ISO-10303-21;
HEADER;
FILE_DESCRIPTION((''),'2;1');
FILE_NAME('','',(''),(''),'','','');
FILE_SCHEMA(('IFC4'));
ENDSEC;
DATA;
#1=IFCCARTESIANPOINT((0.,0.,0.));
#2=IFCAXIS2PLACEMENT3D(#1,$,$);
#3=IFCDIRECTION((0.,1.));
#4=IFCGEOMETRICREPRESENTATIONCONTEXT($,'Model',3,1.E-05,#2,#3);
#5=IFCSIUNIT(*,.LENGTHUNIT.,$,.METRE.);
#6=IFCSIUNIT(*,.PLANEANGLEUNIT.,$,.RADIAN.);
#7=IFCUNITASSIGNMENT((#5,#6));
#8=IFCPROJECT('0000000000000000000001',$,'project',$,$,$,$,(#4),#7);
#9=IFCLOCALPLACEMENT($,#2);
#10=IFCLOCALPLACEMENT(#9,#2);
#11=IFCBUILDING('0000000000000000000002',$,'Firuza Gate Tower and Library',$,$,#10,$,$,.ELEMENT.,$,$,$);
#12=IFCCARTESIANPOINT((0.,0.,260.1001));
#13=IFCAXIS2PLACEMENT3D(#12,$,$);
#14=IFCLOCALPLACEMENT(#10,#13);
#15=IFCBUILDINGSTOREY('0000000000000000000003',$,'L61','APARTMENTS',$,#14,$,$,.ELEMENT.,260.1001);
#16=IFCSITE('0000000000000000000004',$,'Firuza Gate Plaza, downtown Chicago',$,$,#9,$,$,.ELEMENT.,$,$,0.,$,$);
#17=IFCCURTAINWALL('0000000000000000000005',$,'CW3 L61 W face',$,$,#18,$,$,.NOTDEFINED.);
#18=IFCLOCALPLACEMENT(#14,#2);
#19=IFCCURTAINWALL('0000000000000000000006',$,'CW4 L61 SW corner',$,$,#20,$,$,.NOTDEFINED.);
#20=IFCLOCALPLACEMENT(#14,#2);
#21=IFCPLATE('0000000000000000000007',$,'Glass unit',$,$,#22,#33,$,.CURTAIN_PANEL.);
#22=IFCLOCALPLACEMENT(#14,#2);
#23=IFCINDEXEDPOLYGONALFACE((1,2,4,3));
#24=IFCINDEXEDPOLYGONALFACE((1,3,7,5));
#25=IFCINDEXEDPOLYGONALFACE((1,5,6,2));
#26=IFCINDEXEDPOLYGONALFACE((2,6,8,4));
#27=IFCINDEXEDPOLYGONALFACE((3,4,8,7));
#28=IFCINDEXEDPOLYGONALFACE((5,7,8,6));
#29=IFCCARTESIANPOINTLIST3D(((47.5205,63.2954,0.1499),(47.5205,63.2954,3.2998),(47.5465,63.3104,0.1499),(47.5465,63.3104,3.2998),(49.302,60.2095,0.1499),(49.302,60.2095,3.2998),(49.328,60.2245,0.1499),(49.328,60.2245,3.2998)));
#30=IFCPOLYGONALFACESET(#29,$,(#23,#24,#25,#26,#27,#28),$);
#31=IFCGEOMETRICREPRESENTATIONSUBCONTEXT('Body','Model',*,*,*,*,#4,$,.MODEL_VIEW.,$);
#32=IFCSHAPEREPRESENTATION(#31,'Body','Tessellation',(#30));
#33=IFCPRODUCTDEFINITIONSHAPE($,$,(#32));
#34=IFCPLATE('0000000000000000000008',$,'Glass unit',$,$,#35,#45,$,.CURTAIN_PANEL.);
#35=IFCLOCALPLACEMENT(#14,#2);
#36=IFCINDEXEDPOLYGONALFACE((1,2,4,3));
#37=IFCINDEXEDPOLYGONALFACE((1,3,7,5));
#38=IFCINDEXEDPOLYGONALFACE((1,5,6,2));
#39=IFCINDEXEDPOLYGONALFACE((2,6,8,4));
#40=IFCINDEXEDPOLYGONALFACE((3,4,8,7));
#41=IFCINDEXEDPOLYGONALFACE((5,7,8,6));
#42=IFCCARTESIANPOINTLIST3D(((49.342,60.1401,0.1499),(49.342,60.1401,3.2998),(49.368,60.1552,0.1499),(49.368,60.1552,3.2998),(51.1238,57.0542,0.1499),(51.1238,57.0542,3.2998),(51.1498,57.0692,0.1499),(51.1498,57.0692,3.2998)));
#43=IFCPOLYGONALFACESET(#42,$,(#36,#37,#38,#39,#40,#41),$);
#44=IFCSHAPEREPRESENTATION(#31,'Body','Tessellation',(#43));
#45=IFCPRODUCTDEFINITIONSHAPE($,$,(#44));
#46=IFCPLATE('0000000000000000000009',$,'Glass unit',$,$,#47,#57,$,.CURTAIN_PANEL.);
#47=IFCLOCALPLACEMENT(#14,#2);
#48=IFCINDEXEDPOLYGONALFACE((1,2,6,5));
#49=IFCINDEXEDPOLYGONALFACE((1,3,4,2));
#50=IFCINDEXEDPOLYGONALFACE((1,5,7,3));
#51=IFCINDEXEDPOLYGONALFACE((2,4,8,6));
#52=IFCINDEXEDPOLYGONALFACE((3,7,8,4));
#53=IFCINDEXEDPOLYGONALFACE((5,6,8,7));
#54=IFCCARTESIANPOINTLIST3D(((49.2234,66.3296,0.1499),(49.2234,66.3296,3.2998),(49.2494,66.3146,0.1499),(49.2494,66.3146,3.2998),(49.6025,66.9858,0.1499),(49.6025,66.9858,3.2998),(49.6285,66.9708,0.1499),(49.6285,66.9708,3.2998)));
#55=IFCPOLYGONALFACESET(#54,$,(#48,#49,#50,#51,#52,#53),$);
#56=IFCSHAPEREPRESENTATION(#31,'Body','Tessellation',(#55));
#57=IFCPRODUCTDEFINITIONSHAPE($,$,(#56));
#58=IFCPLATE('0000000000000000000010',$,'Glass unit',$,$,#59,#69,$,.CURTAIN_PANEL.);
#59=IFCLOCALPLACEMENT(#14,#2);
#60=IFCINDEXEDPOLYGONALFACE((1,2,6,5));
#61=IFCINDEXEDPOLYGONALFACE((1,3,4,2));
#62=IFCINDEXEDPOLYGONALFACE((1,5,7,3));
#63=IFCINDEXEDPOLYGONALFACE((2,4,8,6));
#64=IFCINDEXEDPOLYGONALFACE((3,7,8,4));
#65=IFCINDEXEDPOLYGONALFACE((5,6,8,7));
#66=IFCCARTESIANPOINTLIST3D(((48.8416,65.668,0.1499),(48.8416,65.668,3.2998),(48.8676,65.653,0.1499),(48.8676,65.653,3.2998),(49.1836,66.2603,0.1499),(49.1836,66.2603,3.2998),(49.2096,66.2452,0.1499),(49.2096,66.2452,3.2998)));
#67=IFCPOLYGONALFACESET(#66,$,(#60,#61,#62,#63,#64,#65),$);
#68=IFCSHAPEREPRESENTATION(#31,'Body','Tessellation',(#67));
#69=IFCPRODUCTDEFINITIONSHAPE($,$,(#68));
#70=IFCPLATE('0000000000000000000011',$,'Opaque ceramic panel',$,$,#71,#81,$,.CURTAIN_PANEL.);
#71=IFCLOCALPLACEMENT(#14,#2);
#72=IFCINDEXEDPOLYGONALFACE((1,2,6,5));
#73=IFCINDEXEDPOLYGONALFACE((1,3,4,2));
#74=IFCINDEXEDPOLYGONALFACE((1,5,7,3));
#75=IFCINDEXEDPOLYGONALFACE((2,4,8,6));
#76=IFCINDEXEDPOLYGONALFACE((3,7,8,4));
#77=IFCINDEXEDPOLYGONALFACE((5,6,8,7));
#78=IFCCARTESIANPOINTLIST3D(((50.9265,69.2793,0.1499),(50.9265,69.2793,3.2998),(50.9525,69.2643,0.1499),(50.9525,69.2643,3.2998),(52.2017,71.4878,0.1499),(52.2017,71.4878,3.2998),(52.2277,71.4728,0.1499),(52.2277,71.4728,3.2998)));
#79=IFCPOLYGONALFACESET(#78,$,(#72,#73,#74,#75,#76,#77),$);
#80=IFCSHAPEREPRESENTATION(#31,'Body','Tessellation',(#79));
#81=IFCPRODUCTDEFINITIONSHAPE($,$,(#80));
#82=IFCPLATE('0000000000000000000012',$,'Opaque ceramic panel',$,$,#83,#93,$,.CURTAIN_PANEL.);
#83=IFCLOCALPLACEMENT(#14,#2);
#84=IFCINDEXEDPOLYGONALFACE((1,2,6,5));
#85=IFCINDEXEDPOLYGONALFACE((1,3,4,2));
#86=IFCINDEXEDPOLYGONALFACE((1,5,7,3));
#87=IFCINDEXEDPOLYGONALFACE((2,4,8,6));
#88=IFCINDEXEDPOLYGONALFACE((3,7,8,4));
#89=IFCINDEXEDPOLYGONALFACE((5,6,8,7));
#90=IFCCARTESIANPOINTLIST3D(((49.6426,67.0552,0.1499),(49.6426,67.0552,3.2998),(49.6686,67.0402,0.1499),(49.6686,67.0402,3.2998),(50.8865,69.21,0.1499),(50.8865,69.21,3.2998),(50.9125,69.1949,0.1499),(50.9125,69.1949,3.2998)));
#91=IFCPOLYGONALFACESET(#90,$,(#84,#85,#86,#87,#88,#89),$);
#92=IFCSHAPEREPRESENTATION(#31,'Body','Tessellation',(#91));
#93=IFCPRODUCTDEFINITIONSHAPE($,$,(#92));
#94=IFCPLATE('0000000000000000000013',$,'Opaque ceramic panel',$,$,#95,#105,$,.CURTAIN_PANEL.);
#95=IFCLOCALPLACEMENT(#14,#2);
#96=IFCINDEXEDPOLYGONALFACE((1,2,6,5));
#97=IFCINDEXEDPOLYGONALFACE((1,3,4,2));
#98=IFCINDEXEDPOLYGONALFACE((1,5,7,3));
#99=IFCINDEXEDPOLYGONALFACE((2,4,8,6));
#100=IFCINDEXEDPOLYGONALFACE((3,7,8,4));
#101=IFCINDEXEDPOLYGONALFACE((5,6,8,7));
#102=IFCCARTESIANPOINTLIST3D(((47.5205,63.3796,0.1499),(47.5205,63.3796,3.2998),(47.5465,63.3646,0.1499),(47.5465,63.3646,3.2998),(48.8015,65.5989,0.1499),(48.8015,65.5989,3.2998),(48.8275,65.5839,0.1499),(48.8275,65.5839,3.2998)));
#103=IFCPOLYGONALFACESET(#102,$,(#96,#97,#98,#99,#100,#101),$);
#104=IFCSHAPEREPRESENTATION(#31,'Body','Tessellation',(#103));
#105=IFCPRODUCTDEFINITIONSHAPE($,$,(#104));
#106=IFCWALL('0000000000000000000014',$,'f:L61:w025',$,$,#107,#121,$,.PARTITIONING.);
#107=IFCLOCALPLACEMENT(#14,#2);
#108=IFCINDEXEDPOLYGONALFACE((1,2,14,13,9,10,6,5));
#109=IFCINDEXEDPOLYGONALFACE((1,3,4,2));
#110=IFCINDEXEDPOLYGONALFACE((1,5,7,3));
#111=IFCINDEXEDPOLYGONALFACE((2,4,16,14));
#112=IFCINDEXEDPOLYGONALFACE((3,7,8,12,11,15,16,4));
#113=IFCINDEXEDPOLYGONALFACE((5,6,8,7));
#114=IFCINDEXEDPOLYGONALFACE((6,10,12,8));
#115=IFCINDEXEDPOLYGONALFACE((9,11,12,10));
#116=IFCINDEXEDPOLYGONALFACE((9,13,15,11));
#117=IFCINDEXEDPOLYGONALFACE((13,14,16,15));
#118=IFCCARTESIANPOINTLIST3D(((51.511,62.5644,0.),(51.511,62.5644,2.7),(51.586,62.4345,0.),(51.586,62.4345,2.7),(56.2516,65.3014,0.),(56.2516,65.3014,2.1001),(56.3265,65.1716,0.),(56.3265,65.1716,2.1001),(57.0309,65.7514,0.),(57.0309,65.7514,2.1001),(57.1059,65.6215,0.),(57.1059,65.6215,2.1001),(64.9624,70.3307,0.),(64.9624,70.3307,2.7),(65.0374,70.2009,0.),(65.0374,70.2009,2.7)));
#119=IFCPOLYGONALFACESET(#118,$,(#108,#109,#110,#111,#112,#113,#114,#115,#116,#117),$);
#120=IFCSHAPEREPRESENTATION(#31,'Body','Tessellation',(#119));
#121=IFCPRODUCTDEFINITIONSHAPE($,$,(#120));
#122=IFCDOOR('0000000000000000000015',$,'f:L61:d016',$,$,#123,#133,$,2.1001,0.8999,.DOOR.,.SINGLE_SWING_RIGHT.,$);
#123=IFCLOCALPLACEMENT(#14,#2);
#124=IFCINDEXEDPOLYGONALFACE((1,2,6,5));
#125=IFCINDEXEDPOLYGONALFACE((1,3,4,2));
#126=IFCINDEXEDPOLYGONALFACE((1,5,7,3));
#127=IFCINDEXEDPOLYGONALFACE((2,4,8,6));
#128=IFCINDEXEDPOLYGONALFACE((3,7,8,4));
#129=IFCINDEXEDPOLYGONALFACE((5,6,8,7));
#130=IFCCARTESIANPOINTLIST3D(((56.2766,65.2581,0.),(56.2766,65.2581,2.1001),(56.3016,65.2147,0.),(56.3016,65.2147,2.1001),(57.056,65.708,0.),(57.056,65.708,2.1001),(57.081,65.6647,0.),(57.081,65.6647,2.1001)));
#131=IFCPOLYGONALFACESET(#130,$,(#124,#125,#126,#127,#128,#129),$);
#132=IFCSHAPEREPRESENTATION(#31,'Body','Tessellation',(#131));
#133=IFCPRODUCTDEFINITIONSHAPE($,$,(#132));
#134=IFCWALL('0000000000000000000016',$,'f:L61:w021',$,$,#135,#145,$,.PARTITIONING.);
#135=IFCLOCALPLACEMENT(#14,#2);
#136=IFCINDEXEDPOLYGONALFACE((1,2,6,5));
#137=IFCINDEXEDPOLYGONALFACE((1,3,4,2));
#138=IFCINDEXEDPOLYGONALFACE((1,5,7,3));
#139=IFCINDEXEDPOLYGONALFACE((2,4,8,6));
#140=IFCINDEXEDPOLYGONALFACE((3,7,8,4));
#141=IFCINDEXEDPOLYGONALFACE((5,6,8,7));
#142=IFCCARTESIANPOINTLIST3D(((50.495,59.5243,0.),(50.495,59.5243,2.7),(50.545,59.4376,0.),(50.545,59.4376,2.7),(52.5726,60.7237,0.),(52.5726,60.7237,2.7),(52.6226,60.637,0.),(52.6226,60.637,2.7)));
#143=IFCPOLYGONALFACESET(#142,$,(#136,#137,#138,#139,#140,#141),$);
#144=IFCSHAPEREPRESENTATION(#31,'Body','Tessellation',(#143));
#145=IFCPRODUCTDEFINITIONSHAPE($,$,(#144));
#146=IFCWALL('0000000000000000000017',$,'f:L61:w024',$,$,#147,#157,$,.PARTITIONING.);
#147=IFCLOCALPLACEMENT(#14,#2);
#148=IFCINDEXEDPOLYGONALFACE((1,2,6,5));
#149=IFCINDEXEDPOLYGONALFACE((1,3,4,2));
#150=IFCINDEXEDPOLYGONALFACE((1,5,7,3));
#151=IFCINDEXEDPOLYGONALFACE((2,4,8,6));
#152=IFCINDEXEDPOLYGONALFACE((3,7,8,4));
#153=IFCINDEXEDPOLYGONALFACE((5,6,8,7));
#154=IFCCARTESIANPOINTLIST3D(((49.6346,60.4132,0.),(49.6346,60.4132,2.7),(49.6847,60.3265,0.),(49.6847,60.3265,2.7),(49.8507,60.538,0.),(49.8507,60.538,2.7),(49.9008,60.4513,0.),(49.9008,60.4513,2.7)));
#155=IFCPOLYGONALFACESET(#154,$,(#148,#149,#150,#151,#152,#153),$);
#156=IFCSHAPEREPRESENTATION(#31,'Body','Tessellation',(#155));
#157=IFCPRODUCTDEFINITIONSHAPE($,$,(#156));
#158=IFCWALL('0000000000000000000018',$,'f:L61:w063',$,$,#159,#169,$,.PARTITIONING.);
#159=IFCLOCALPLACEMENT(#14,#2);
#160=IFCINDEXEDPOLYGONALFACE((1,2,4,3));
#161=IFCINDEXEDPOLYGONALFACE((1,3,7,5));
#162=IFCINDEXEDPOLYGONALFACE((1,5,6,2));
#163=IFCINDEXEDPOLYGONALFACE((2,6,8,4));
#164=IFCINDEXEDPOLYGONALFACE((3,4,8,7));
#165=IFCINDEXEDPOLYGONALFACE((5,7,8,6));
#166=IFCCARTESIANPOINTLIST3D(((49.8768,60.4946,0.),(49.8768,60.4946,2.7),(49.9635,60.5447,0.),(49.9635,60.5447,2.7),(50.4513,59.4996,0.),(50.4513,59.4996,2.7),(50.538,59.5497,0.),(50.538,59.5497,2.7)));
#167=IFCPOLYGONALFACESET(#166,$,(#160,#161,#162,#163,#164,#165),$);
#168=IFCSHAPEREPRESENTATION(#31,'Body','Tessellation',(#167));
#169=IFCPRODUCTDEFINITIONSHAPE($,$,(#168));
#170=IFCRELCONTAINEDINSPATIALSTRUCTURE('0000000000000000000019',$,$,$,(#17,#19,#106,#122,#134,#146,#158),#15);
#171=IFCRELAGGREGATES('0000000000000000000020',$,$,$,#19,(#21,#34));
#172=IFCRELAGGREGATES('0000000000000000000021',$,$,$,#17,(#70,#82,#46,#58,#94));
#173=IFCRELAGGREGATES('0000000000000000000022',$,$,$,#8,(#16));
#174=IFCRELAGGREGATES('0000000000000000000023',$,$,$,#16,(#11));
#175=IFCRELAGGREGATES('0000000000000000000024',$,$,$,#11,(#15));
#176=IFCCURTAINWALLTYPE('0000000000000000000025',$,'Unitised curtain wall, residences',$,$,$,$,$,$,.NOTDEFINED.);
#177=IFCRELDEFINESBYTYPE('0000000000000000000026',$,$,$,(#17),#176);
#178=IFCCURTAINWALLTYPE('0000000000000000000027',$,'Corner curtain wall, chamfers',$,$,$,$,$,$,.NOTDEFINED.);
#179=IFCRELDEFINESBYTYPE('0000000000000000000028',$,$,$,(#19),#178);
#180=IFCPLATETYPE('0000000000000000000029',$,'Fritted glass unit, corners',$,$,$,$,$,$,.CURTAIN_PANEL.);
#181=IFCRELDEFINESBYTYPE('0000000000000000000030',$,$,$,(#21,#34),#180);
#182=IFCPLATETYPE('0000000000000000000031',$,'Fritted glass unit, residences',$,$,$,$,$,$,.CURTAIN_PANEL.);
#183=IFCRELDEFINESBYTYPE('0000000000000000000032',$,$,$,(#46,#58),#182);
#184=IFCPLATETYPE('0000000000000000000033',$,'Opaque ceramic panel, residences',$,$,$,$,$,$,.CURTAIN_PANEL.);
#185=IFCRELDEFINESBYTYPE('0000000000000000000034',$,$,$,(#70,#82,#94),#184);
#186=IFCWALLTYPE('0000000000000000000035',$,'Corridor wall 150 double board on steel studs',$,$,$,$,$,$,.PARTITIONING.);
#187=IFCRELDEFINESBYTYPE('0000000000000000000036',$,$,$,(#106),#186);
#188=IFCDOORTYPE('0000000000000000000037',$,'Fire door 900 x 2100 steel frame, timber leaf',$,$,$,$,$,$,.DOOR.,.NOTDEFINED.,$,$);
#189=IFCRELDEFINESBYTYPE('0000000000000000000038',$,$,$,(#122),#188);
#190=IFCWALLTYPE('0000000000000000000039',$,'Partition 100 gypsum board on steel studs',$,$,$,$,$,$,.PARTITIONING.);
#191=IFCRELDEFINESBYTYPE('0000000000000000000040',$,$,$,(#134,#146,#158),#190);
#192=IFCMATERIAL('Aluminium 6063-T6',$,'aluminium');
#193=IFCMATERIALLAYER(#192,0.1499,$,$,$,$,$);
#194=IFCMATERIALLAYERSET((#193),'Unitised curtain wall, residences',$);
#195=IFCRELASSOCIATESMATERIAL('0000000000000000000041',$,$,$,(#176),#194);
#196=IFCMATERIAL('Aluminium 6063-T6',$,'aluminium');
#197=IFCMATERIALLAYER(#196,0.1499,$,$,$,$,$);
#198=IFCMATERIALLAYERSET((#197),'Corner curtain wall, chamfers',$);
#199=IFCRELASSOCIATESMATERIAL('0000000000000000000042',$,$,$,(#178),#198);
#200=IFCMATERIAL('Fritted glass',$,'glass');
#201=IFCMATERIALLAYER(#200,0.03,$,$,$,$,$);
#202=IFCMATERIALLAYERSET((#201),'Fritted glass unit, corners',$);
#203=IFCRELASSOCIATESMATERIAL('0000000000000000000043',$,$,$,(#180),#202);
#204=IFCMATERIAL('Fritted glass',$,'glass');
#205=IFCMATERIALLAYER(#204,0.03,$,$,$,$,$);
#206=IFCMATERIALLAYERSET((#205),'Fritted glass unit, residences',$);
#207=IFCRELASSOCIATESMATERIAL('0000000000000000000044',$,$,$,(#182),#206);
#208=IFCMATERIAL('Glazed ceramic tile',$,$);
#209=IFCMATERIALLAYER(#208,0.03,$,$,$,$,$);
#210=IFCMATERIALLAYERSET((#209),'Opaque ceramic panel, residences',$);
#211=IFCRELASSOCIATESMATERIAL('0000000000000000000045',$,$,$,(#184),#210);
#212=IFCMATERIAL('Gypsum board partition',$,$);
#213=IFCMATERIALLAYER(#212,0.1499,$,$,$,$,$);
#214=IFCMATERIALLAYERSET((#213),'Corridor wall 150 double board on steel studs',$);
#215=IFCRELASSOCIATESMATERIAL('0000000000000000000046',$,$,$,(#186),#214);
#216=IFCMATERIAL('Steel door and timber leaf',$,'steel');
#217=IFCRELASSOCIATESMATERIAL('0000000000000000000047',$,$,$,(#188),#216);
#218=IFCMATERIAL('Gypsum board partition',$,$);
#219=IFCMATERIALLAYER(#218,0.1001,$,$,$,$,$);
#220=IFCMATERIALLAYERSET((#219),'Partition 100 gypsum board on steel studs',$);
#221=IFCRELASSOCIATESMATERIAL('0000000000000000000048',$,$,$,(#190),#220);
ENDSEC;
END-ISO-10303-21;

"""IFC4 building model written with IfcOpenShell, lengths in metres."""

from ifc_helpers import new_model, si_unit, direction, frame, frame_2d, origin, place, context, subcontext, project, spatial, polyline, rectangle, outline, extrude, material, layer, layer_set, type_object, element, fill, aggregate, save


model = new_model("IFC4")

# Units and contexts
model_context = context("Model", 3, precision=1e-05, world=origin(), true_north=direction((0.0, 1.0)))
body_context = subcontext(model_context, "Body", "Model", "MODEL_VIEW")
ifc_project = project(units=[si_unit("LENGTHUNIT", "METRE"), si_unit("PLANEANGLEUNIT", "RADIAN")], contexts=[model_context])

# Site, building, storey
site_placement = place(None, origin())
site = spatial("IfcSite", under=ifc_project, at=site_placement, Name="Firuza Gate Plaza, downtown Chicago", CompositionType="ELEMENT", RefElevation=0.0)
building_placement = place(site_placement, origin())
building = spatial("IfcBuilding", under=site, at=building_placement, Name="Firuza Gate Tower and Library", CompositionType="ELEMENT")
storey_placement = place(building_placement, frame((0.0, 0.0, 260.1001)))
storey = spatial("IfcBuildingStorey", under=building, at=storey_placement, Name="L61", Description="APARTMENTS", CompositionType="ELEMENT", Elevation=260.1001)

# Curtain walls
ifc_material_1 = material(Name="Aluminium 6063-T6", Category="aluminium")
ifc_layer_1 = layer(ifc_material_1, 0.1499)
ifc_layer_set_1 = layer_set([ifc_layer_1], Name="Unitised curtain wall, residences")
curtain_wall_type_1 = type_object("IfcCurtainWallType", Name="Unitised curtain wall, residences", PredefinedType="NOTDEFINED", material=ifc_layer_set_1)
placement = place(storey_placement, origin())
curtain_wall_1 = element("IfcCurtainWall", 1, at=placement, inside=storey, type_object=curtain_wall_type_1, Name="CW3 L61 W face", PredefinedType="NOTDEFINED")
ifc_material_2 = material(Name="Aluminium 6063-T6", Category="aluminium")
ifc_layer_2 = layer(ifc_material_2, 0.1499)
ifc_layer_set_2 = layer_set([ifc_layer_2], Name="Corner curtain wall, chamfers")
curtain_wall_type_2 = type_object("IfcCurtainWallType", Name="Corner curtain wall, chamfers", PredefinedType="NOTDEFINED", material=ifc_layer_set_2)
curtain_wall_2 = element("IfcCurtainWall", 2, at=placement, inside=storey, type_object=curtain_wall_type_2, Name="CW4 L61 SW corner", PredefinedType="NOTDEFINED")

# Plates
ifc_material_3 = material(Name="Fritted glass", Category="glass")
ifc_layer_3 = layer(ifc_material_3, 0.03)
ifc_layer_set_3 = layer_set([ifc_layer_3], Name="Fritted glass unit, corners")
plate_type_1 = type_object("IfcPlateType", Name="Fritted glass unit, corners", PredefinedType="CURTAIN_PANEL", material=ifc_layer_set_3)
plate_1_placement = place(storey_placement, frame((47.5205, 63.2954, 0.1499), z_axis=(-0.866046, -0.499964, 0.0), x_axis=(0.499964, -0.866046, 0.0)))
plate_1 = element("IfcPlate", 3, at=plate_1_placement, type_object=plate_type_1, Name="Glass unit", PredefinedType="CURTAIN_PANEL", context=body_context, shape_type="SweptSolid", body=[
    extrude(outline(polyline([(0.0, 0.0), (3.5632, 0.0), (3.5632, 3.1499), (0.0, 3.1499), (0.0, 0.0)])), origin(), (0.0, 0.0, -1.0), 0.03),
])
plate_2_placement = place(storey_placement, frame((49.342, 60.1401, 0.1499), z_axis=(-0.866017, -0.500015, 0.0), x_axis=(0.500015, -0.866017, 0.0)))
plate_2 = element("IfcPlate", 4, at=plate_2_placement, type_object=plate_type_1, Name="Glass unit", PredefinedType="CURTAIN_PANEL", context=body_context, shape_type="SweptSolid", body=[
    extrude(outline(polyline([(0.0, 0.0), (3.5634, 0.0), (3.5634, 3.1499), (0.0, 3.1499), (0.0, 0.0)])), origin(), (0.0, 0.0, -1.0), 0.03),
])
aggregate(curtain_wall_2, [plate_1, plate_2])
ifc_material_4 = material(Name="Fritted glass", Category="glass")
ifc_layer_4 = layer(ifc_material_4, 0.03)
ifc_layer_set_4 = layer_set([ifc_layer_4], Name="Fritted glass unit, residences")
plate_type_2 = type_object("IfcPlateType", Name="Fritted glass unit, residences", PredefinedType="CURTAIN_PANEL", material=ifc_layer_set_4)
plate_3_placement = place(storey_placement, frame((49.6025, 66.9858, 0.1499), z_axis=(-0.865874, 0.500261, 0.0), x_axis=(-0.500261, -0.865874, 0.0)))
plate_3 = element("IfcPlate", 5, at=plate_3_placement, type_object=plate_type_2, Name="Glass unit", PredefinedType="CURTAIN_PANEL", context=body_context, shape_type="SweptSolid", body=[
    extrude(outline(polyline([(0.0, 0.0), (0.7579, 0.0), (0.7579, 3.1499), (0.0, 3.1499), (0.0, 0.0)])), origin(), (0.0, 0.0, -1.0), 0.03),
])
plate_4_placement = place(storey_placement, frame((49.1836, 66.2603, 0.1499), z_axis=(-0.865972, 0.500093, 0.0), x_axis=(-0.500093, -0.865972, 0.0)))
plate_4 = element("IfcPlate", 6, at=plate_4_placement, type_object=plate_type_2, Name="Glass unit", PredefinedType="CURTAIN_PANEL", context=body_context, shape_type="SweptSolid", body=[
    extrude(outline(polyline([(0.0, 0.0), (0.684, 0.0), (0.684, 3.1499), (0.0, 3.1499), (0.0, 0.0)])), origin(), (0.0, 0.0, -1.0), 0.03),
])
ifc_material_5 = material(Name="Glazed ceramic tile")
ifc_layer_5 = layer(ifc_material_5, 0.03)
ifc_layer_set_5 = layer_set([ifc_layer_5], Name="Opaque ceramic panel, residences")
plate_type_3 = type_object("IfcPlateType", Name="Opaque ceramic panel, residences", PredefinedType="CURTAIN_PANEL", material=ifc_layer_set_5)
plate_5_placement = place(storey_placement, frame((52.2017, 71.4878, 0.1499), z_axis=(-0.866013, 0.500021, 0.0), x_axis=(-0.500021, -0.866013, 0.0)))
plate_5 = element("IfcPlate", 7, at=plate_5_placement, type_object=plate_type_3, Name="Opaque ceramic panel", PredefinedType="CURTAIN_PANEL", context=body_context, shape_type="SweptSolid", body=[
    extrude(outline(polyline([(0.0, 0.0), (2.5502, 0.0), (2.5502, 3.1499), (0.0, 3.1499), (0.0, 0.0)])), origin(), (0.0, 0.0, -1.0), 0.03),
])
plate_6_placement = place(storey_placement, frame((50.8865, 69.21, 0.1499), z_axis=(-0.866055, 0.499949, 0.0), x_axis=(-0.499949, -0.866055, 0.0)))
plate_6 = element("IfcPlate", 8, at=plate_6_placement, type_object=plate_type_3, Name="Opaque ceramic panel", PredefinedType="CURTAIN_PANEL", context=body_context, shape_type="SweptSolid", body=[
    extrude(outline(polyline([(0.0, 0.0), (2.488, 0.0), (2.488, 3.1499), (0.0, 3.1499), (0.0, 0.0)])), origin(), (0.0, 0.0, -1.0), 0.03),
])
plate_7_placement = place(storey_placement, frame((48.8015, 65.5989, 0.1499), z_axis=(-0.866071, 0.49992, 0.0), x_axis=(-0.49992, -0.866071, 0.0)))
plate_7 = element("IfcPlate", 9, at=plate_7_placement, type_object=plate_type_3, Name="Opaque ceramic panel", PredefinedType="CURTAIN_PANEL", context=body_context, shape_type="SweptSolid", body=[
    extrude(outline(polyline([(0.0, 0.0), (2.5624, 0.0), (2.5624, 3.1499), (0.0, 3.1499), (0.0, 0.0)])), origin(), (0.0, 0.0, -1.0), 0.03),
])
aggregate(curtain_wall_1, [plate_5, plate_6, plate_3, plate_4, plate_7])

# Wall, opening, door
ifc_material_6 = material(Name="Gypsum board partition")
ifc_layer_6 = layer(ifc_material_6, 0.1499)
ifc_layer_set_6 = layer_set([ifc_layer_6], Name="Corridor wall 150 double board on steel studs")
wall_type_1 = type_object("IfcWallType", Name="Corridor wall 150 double board on steel studs", PredefinedType="PARTITIONING", material=ifc_layer_set_6)
wall_1_placement = place(storey_placement, frame((51.5486, 62.4995, 0.0), z_axis=(0.0, 0.0, 1.0), x_axis=(0.86602, 0.500009, 0.0)))
wall_1 = element("IfcWall", 10, at=wall_1_placement, inside=storey, type_object=wall_type_1, Name="f:L61:w025", PredefinedType="PARTITIONING", context=body_context, shape_type="SweptSolid", body=[
    extrude(rectangle(XDim=15.5325, YDim=0.1499, at=frame_2d((7.7661, 0.0))), origin(), (0.0, 0.0, 1.0), 2.7),
])
opening_placement = place(wall_1_placement, frame((5.4739, 0.0, 0.0)))
opening = element("IfcOpeningElement", 11, at=opening_placement, cuts=wall_1, PredefinedType="OPENING", context=body_context, shape_type="SweptSolid", body=[
    extrude(rectangle(XDim=0.8999, YDim=2.1001, at=frame_2d((0.45, 1.05))), frame((0.0, 0.085, 0.0), z_axis=(0.0, -1.0, 0.0), x_axis=(1.0, 0.0, 0.0)), (0.0, 0.0, 1.0), 0.1699),
])
ifc_material_7 = material(Name="Steel door and timber leaf", Category="steel")
door_type = type_object("IfcDoorType", Name="Fire door 900 x 2100 steel frame, timber leaf", OperationType="NOTDEFINED", PredefinedType="DOOR", material=ifc_material_7)
door_placement = place(opening_placement, origin())
door = element("IfcDoor", 12, at=door_placement, inside=storey, type_object=door_type, Name="f:L61:d016", OperationType="SINGLE_SWING_RIGHT", OverallHeight=2.1001, OverallWidth=0.8999, PredefinedType="DOOR", context=body_context, shape_type="SweptSolid", body=[
    extrude(rectangle(XDim=0.8999, YDim=2.1001, at=frame_2d((0.45, 1.05))), frame((0.0, 0.0249, 0.0), z_axis=(0.0, -1.0, 0.0), x_axis=(1.0, 0.0, 0.0)), (0.0, 0.0, 1.0), 0.05),
])
fill(opening, door)

# Walls
ifc_material_8 = material(Name="Gypsum board partition")
ifc_layer_7 = layer(ifc_material_8, 0.1001)
ifc_layer_set_7 = layer_set([ifc_layer_7], Name="Partition 100 gypsum board on steel studs")
wall_type_2 = type_object("IfcWallType", Name="Partition 100 gypsum board on steel studs", PredefinedType="PARTITIONING", material=ifc_layer_set_7)
wall_2_placement = place(storey_placement, frame((50.52, 59.481, 0.0), z_axis=(0.0, 0.0, 1.0), x_axis=(0.866036, 0.499981, 0.0)))
element("IfcWall", 13, at=wall_2_placement, inside=storey, type_object=wall_type_2, Name="f:L61:w021", PredefinedType="PARTITIONING", context=body_context, shape_type="SweptSolid", body=[
    extrude(rectangle(XDim=2.3989, YDim=0.1001, at=frame_2d((1.1995, 0.0))), origin(), (0.0, 0.0, 1.0), 2.7),
])
wall_3_placement = place(storey_placement, frame((49.6597, 60.3699, 0.0), z_axis=(0.0, 0.0, 1.0), x_axis=(0.866006, 0.500033, 0.0)))
element("IfcWall", 14, at=wall_3_placement, inside=storey, type_object=wall_type_2, Name="f:L61:w024", PredefinedType="PARTITIONING", context=body_context, shape_type="SweptSolid", body=[
    extrude(rectangle(XDim=0.2495, YDim=0.1001, at=frame_2d((0.1248, 0.0))), origin(), (0.0, 0.0, 1.0), 2.7),
])
wall_4_placement = place(storey_placement, frame((50.4946, 59.5247, 0.0), z_axis=(0.0, 0.0, 1.0), x_axis=(-0.500047, 0.865998, 0.0)))
element("IfcWall", 15, at=wall_4_placement, inside=storey, type_object=wall_type_2, Name="f:L61:w063", PredefinedType="PARTITIONING", context=body_context, shape_type="SweptSolid", body=[
    extrude(rectangle(XDim=1.1489, YDim=0.1001, at=frame_2d((0.5745, 0.0))), origin(), (0.0, 0.0, 1.0), 2.7),
])

save(model, "model.ifc")
